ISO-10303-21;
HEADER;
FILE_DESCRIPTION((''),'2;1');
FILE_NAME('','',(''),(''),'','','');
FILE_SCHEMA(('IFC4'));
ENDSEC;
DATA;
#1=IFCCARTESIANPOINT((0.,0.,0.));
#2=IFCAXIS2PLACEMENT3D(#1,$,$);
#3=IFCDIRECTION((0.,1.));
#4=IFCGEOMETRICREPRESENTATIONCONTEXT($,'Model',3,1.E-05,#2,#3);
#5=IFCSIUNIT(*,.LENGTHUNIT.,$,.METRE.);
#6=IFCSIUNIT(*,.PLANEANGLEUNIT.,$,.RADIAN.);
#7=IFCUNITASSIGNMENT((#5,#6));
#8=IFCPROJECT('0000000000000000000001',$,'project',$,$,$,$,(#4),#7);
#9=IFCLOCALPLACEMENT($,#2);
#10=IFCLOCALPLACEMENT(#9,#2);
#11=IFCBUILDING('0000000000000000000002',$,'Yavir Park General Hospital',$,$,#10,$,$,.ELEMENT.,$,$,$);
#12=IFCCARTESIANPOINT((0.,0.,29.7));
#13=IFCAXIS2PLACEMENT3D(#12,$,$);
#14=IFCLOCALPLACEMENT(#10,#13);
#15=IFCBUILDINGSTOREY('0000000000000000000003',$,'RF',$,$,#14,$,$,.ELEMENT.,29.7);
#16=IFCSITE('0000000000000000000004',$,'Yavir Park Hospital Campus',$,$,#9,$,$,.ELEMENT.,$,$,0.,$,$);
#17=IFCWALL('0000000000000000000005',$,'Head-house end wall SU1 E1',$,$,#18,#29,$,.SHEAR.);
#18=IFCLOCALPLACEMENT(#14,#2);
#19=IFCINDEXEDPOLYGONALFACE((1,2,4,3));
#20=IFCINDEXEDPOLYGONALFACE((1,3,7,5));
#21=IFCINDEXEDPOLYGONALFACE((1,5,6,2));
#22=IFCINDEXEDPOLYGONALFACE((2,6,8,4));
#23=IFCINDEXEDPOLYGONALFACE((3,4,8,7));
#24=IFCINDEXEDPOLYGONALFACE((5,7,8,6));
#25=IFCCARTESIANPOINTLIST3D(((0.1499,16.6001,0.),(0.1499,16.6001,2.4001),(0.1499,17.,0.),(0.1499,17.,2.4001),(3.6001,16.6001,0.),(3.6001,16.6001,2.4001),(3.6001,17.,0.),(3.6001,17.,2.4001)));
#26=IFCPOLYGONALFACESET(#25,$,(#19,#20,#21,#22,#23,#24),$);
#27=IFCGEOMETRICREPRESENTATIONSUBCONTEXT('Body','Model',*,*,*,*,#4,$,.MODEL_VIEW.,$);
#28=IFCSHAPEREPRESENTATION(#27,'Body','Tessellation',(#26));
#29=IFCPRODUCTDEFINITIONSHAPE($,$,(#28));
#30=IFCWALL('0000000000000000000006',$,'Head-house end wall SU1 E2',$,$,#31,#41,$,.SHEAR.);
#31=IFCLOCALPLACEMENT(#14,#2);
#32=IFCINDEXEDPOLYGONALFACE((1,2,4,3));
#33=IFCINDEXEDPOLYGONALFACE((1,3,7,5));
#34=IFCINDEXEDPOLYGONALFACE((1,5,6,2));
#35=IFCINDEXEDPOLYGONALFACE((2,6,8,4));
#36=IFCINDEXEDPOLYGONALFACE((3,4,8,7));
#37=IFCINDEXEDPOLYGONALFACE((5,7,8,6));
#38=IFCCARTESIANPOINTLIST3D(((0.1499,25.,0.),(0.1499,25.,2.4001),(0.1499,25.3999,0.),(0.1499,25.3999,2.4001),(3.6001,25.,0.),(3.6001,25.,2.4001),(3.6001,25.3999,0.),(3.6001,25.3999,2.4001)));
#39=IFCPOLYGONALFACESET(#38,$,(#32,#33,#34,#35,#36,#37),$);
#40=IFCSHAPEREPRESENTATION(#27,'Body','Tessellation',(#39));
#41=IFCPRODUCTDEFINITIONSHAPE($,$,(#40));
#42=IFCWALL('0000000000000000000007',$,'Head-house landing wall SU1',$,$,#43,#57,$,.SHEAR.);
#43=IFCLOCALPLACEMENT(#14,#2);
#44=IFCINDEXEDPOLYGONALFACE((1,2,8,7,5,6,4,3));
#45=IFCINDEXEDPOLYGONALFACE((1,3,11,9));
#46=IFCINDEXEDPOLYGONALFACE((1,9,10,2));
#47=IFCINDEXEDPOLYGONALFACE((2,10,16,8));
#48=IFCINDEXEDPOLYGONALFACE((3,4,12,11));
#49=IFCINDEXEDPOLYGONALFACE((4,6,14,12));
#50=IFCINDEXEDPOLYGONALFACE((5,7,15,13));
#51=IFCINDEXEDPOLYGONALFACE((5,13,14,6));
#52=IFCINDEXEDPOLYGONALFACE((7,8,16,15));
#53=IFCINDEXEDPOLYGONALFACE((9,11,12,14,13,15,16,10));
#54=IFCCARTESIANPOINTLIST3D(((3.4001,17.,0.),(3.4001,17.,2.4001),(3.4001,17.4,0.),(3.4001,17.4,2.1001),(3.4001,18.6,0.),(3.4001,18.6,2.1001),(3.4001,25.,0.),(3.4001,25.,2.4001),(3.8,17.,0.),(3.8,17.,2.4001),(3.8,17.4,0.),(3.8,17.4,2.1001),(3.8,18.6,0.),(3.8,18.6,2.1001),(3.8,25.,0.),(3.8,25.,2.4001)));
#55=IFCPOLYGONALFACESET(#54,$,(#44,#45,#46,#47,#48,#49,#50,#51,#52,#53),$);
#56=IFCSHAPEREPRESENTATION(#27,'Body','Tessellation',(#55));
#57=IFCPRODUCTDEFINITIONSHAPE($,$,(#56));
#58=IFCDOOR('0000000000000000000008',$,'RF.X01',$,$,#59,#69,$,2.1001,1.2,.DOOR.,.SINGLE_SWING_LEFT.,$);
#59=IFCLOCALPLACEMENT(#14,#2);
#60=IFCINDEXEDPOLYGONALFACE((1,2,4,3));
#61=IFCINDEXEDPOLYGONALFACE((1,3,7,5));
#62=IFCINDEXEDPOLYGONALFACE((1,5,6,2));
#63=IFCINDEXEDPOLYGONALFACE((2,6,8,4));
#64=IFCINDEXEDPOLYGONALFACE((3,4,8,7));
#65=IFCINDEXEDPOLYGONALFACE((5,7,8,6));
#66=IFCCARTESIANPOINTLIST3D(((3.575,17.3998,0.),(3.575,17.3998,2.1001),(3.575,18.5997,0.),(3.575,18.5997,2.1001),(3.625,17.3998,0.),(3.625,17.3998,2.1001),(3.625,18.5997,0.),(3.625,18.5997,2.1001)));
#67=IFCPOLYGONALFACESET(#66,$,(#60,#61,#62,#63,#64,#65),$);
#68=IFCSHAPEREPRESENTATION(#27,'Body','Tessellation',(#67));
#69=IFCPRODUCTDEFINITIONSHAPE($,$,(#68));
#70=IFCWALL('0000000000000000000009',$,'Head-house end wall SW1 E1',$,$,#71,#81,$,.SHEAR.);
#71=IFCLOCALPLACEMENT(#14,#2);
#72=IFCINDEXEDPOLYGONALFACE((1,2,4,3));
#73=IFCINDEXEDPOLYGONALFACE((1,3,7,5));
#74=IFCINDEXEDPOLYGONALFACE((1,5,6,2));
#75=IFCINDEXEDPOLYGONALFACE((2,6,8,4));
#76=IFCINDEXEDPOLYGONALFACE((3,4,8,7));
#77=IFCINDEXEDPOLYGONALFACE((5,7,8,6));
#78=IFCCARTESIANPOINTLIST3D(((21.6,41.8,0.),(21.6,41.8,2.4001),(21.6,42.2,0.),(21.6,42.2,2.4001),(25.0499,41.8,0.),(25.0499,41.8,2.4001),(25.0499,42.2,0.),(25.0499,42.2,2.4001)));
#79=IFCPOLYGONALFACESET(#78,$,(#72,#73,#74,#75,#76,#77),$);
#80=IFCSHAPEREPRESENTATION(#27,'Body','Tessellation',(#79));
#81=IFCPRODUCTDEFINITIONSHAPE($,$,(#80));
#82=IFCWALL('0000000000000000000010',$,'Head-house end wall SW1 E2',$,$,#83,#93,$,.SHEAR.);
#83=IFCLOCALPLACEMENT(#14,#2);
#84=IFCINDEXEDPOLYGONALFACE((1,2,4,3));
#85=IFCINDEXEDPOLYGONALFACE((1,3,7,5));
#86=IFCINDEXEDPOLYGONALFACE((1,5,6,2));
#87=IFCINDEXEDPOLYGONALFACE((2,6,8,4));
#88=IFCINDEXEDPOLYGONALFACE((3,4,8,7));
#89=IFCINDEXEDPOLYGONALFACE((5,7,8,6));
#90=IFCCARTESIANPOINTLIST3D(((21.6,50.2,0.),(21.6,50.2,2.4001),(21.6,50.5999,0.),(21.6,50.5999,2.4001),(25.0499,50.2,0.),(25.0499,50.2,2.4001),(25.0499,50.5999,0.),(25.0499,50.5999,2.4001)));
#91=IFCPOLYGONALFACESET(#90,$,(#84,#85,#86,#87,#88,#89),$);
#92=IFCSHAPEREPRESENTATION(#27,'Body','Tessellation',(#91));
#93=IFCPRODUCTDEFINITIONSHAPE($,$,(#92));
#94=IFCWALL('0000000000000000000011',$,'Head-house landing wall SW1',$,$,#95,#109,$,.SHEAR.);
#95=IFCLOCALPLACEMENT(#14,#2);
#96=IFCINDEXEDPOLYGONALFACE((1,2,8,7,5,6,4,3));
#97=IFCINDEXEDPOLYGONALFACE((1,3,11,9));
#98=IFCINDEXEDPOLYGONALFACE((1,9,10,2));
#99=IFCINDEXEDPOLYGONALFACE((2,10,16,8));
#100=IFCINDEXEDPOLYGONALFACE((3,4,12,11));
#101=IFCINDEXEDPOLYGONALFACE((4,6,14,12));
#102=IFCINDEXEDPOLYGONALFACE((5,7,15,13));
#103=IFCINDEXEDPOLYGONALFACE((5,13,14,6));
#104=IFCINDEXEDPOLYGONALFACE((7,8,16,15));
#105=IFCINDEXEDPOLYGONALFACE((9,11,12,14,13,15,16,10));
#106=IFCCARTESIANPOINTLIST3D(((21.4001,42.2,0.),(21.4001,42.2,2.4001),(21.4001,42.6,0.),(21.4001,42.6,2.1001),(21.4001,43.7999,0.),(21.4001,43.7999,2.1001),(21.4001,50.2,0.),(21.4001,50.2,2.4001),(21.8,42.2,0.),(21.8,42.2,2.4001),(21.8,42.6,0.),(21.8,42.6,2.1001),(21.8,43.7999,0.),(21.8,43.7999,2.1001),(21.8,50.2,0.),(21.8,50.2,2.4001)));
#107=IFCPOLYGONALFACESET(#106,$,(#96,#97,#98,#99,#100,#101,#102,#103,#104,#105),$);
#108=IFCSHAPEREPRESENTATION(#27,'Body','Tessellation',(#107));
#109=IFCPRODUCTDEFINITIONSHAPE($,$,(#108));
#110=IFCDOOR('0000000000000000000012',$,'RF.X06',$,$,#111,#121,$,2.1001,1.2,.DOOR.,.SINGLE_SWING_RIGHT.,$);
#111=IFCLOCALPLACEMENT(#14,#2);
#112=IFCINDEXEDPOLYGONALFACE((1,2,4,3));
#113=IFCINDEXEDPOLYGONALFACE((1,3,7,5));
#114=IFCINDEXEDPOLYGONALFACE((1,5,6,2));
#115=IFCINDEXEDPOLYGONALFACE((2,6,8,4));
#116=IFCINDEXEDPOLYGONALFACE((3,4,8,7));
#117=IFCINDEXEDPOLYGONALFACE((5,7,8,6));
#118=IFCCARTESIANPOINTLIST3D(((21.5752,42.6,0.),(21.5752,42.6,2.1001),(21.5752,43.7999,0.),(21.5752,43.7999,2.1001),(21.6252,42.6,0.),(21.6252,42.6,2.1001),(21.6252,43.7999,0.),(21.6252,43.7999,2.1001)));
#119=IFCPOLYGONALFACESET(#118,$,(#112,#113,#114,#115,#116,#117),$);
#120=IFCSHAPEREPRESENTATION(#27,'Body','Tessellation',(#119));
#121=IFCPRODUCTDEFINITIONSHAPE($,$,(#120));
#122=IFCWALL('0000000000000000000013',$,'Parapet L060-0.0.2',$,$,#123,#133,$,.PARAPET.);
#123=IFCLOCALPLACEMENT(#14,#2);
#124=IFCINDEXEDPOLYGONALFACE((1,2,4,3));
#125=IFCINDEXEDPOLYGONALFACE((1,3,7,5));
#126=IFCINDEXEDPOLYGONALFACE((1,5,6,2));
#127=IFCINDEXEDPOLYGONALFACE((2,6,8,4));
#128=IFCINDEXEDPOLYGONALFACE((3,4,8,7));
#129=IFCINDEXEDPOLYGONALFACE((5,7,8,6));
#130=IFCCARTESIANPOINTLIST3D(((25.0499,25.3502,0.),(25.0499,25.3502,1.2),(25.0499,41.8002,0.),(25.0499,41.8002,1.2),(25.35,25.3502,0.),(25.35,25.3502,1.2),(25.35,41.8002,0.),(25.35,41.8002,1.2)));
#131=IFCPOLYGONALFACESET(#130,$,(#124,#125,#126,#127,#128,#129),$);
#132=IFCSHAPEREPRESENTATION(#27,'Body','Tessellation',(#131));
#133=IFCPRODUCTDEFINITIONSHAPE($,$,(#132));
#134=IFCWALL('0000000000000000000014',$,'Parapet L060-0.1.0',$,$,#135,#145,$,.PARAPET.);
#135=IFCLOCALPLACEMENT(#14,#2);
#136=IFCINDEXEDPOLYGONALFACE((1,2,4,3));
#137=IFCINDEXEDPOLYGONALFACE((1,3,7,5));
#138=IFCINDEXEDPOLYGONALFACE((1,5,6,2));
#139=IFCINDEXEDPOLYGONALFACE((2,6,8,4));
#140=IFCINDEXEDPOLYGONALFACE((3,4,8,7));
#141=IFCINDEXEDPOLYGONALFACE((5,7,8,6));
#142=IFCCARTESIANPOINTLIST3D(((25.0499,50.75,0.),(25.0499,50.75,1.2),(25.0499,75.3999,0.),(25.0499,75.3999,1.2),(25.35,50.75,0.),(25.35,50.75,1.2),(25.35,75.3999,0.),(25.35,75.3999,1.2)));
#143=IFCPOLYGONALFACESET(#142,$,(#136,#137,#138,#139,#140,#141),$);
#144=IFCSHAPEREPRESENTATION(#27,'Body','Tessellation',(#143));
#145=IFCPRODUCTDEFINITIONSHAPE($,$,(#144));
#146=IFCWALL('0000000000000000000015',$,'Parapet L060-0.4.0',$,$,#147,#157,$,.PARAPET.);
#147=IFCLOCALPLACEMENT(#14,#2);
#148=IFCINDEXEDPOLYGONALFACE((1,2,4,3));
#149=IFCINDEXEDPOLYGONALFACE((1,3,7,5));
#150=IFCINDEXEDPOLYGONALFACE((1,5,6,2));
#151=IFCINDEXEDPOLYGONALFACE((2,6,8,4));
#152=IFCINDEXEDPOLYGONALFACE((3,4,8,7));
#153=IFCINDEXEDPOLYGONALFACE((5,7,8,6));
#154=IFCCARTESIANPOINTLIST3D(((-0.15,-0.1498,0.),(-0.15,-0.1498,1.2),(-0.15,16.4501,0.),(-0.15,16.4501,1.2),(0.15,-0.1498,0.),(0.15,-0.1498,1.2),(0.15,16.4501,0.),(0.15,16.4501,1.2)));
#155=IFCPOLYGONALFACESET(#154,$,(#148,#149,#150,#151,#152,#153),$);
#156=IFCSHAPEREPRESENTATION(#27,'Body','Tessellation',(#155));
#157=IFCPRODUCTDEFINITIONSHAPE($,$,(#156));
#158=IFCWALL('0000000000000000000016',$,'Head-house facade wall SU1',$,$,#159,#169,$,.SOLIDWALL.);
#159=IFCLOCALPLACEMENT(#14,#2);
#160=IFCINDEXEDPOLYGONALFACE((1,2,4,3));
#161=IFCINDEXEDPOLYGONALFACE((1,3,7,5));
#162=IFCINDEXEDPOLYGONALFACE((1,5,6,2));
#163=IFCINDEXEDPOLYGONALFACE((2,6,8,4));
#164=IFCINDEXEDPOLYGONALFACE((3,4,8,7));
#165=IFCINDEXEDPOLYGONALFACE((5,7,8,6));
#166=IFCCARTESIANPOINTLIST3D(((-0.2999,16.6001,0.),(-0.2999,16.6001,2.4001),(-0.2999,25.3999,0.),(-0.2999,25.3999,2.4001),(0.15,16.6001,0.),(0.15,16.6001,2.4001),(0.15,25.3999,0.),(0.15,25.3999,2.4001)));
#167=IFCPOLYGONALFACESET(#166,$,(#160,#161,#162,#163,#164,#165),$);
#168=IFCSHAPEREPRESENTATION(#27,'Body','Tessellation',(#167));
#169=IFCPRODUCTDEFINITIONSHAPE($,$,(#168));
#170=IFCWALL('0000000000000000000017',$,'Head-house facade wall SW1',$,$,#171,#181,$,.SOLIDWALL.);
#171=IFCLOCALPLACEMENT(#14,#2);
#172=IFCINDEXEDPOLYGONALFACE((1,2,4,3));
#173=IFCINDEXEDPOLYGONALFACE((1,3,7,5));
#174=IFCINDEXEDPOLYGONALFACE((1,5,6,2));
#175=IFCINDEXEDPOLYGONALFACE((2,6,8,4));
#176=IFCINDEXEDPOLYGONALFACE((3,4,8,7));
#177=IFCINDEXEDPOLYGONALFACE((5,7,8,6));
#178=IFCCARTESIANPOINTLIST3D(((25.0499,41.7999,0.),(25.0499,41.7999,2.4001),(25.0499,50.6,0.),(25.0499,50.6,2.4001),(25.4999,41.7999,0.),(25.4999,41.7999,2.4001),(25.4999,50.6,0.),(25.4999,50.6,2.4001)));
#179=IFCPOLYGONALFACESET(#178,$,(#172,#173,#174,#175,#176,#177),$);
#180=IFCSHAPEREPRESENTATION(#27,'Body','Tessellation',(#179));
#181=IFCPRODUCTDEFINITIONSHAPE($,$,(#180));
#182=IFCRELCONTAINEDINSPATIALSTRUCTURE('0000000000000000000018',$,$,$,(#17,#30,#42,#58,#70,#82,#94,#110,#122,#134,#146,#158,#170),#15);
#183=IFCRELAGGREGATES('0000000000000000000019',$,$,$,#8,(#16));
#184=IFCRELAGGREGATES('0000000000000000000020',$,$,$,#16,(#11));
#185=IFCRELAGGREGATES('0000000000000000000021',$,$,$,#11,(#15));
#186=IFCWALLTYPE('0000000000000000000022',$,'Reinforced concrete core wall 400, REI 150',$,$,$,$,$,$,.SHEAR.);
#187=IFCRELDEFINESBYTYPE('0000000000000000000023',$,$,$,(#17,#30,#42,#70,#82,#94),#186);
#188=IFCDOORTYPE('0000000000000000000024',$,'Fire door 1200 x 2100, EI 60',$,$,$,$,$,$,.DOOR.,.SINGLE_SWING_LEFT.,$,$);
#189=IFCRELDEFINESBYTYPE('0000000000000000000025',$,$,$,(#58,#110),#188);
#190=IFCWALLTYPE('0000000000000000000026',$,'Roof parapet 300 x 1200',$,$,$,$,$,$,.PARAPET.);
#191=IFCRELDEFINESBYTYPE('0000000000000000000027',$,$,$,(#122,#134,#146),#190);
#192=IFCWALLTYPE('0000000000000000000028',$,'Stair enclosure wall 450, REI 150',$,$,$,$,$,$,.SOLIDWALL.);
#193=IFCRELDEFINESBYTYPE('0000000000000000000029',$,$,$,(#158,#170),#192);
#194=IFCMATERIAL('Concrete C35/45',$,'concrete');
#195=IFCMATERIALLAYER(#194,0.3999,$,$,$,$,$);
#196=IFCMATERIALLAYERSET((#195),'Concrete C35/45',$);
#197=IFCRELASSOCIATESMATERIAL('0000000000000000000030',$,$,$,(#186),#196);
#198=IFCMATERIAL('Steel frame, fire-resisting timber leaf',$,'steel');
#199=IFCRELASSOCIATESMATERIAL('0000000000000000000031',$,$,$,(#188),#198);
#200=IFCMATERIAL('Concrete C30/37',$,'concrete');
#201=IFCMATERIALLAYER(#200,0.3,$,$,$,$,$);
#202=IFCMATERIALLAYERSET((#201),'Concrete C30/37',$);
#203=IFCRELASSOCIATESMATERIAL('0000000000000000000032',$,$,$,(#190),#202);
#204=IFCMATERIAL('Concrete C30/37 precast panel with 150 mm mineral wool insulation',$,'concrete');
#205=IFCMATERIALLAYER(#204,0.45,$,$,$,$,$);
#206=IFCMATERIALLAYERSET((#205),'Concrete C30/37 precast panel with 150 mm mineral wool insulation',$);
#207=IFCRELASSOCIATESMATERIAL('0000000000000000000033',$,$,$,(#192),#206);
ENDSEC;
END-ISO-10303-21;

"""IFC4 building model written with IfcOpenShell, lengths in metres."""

from ifc_helpers import new_model, si_unit, direction, frame, frame_2d, origin, place, context, subcontext, project, spatial, rectangle, extrude, material, layer, layer_set, type_object, element, fill, save


model = new_model("IFC4")

# Units and contexts
model_context = context("Model", 3, precision=1e-05, world=origin(), true_north=direction((0.0, 1.0)))
body_context = subcontext(model_context, "Body", "Model", "MODEL_VIEW")
ifc_project = project(units=[si_unit("LENGTHUNIT", "METRE"), si_unit("PLANEANGLEUNIT", "RADIAN")], contexts=[model_context])

# Site, building, storey
site_placement = place(None, origin())
site = spatial("IfcSite", under=ifc_project, at=site_placement, Name="Yavir Park Hospital Campus", CompositionType="ELEMENT", RefElevation=0.0)
building_placement = place(site_placement, origin())
building = spatial("IfcBuilding", under=site, at=building_placement, Name="Yavir Park General Hospital", CompositionType="ELEMENT")
storey_placement = place(building_placement, frame((0.0, 0.0, 29.7)))
storey = spatial("IfcBuildingStorey", under=building, at=storey_placement, Name="RF", CompositionType="ELEMENT", Elevation=29.7)

# Walls
ifc_material_1 = material(Name="Concrete C35/45", Category="concrete")
ifc_layer_1 = layer(ifc_material_1, 0.3999)
ifc_layer_set_1 = layer_set([ifc_layer_1], Name="Concrete C35/45")
wall_type_1 = type_object("IfcWallType", Name="Reinforced concrete core wall 400, REI 150", PredefinedType="SHEAR", material=ifc_layer_set_1)
for number, where, z_axis, x_axis, name in (
    (1, (0.1499, 16.8, 0.0), (0.0, 0.0, 1.0), (1.0, 0.0, 0.0), "Head-house end wall SU1 E1"),
    (2, (0.1499, 25.2, 0.0), (0.0, 0.0, 1.0), (1.0, 0.0, 0.0), "Head-house end wall SU1 E2"),
):
    element("IfcWall", number, at=place(storey_placement, frame(where, z_axis=z_axis, x_axis=x_axis)), inside=storey, type_object=wall_type_1, Name=name, PredefinedType="SHEAR", context=body_context, shape_type="SweptSolid", body=[
        extrude(rectangle(XDim=3.4502, YDim=0.3999, at=frame_2d((1.7251, 0.0))), origin(), (0.0, 0.0, 1.0), 2.4001),
    ])

# Wall, opening, door
wall_1_placement = place(storey_placement, frame((3.6001, 17.0, 0.0), z_axis=(0.0, 0.0, 1.0), x_axis=(0.0, 1.0, 0.0)))
wall_1 = element("IfcWall", 3, at=wall_1_placement, inside=storey, type_object=wall_type_1, Name="Head-house landing wall SU1", PredefinedType="SHEAR", context=body_context, shape_type="SweptSolid", body=[
    extrude(rectangle(XDim=8.0, YDim=0.3999, at=frame_2d((4.0, 0.0))), origin(), (0.0, 0.0, 1.0), 2.4001),
])
opening_1_placement = place(wall_1_placement, frame((0.3999, 0.0, 0.0)))
opening_1 = element("IfcOpeningElement", 4, at=opening_1_placement, cuts=wall_1, PredefinedType="OPENING", context=body_context, shape_type="SweptSolid", body=[
    extrude(rectangle(XDim=1.2, YDim=2.1001, at=frame_2d((0.6001, 1.05))), frame((0.0, 0.21, 0.0), z_axis=(0.0, -1.0, 0.0), x_axis=(1.0, 0.0, 0.0)), (0.0, 0.0, 1.0), 0.4199),
])
ifc_material_2 = material(Name="Steel frame, fire-resisting timber leaf", Category="steel")
door_type = type_object("IfcDoorType", Name="Fire door 1200 x 2100, EI 60", OperationType="SINGLE_SWING_LEFT", PredefinedType="DOOR", material=ifc_material_2)
door_1_placement = place(opening_1_placement, frame((1.2, 0.0, 0.0), x_axis=(-1.0, 0.0, 0.0)))
door_1 = element("IfcDoor", 5, at=door_1_placement, inside=storey, type_object=door_type, Name="RF.X01", OperationType="SINGLE_SWING_LEFT", OverallHeight=2.1001, OverallWidth=1.2, PredefinedType="DOOR", context=body_context, shape_type="SweptSolid", body=[
    extrude(rectangle(XDim=1.2, YDim=2.1001, at=frame_2d((0.6001, 1.05))), frame((0.0, 0.0249, 0.0), z_axis=(0.0, -1.0, 0.0), x_axis=(1.0, 0.0, 0.0)), (0.0, 0.0, 1.0), 0.05),
])
fill(opening_1, door_1)

# Walls
for number, where, z_axis, x_axis, name in (
    (6, (25.05, 42.0, 0.0), (0.0, 0.0, 1.0), (-1.0, 0.0, 0.0), "Head-house end wall SW1 E1"),
    (7, (25.05, 50.3999, 0.0), (0.0, 0.0, 1.0), (-1.0, 0.0, 0.0), "Head-house end wall SW1 E2"),
):
    element("IfcWall", number, at=place(storey_placement, frame(where, z_axis=z_axis, x_axis=x_axis)), inside=storey, type_object=wall_type_1, Name=name, PredefinedType="SHEAR", context=body_context, shape_type="SweptSolid", body=[
        extrude(rectangle(XDim=3.45, YDim=0.3999, at=frame_2d((1.7251, 0.0))), origin(), (0.0, 0.0, 1.0), 2.4001),
    ])

# Wall, opening, door
wall_2_placement = place(storey_placement, frame((21.6001, 42.2, 0.0), z_axis=(0.0, 0.0, 1.0), x_axis=(0.0, 1.0, 0.0)))
wall_2 = element("IfcWall", 8, at=wall_2_placement, inside=storey, type_object=wall_type_1, Name="Head-house landing wall SW1", PredefinedType="SHEAR", context=body_context, shape_type="SweptSolid", body=[
    extrude(rectangle(XDim=8.0, YDim=0.3999, at=frame_2d((4.0, 0.0))), origin(), (0.0, 0.0, 1.0), 2.4001),
])
opening_2_placement = place(wall_2_placement, frame((0.3999, 0.0, 0.0)))
opening_2 = element("IfcOpeningElement", 9, at=opening_2_placement, cuts=wall_2, PredefinedType="OPENING", context=body_context, shape_type="SweptSolid", body=[
    extrude(rectangle(XDim=1.2, YDim=2.1001, at=frame_2d((0.6001, 1.05))), frame((0.0, 0.21, 0.0), z_axis=(0.0, -1.0, 0.0), x_axis=(1.0, 0.0, 0.0)), (0.0, 0.0, 1.0), 0.4199),
])
door_2_placement = place(opening_2_placement, origin())
door_2 = element("IfcDoor", 10, at=door_2_placement, inside=storey, type_object=door_type, Name="RF.X06", OperationType="SINGLE_SWING_RIGHT", OverallHeight=2.1001, OverallWidth=1.2, PredefinedType="DOOR", context=body_context, shape_type="SweptSolid", body=[
    extrude(rectangle(XDim=1.2, YDim=2.1001, at=frame_2d((0.6001, 1.05))), frame((0.0, 0.0249, 0.0), z_axis=(0.0, -1.0, 0.0), x_axis=(1.0, 0.0, 0.0)), (0.0, 0.0, 1.0), 0.05),
])
fill(opening_2, door_2)

# Walls
ifc_material_3 = material(Name="Concrete C30/37", Category="concrete")
ifc_layer_2 = layer(ifc_material_3, 0.3)
ifc_layer_set_2 = layer_set([ifc_layer_2], Name="Concrete C30/37")
wall_type_2 = type_object("IfcWallType", Name="Roof parapet 300 x 1200", PredefinedType="PARAPET", material=ifc_layer_set_2)
wall_3_placement = place(storey_placement, frame((25.2, 25.3501, 0.0), z_axis=(0.0, 0.0, 1.0), x_axis=(0.0, 1.0, 0.0)))
element("IfcWall", 11, at=wall_3_placement, inside=storey, type_object=wall_type_2, Name="Parapet L060-0.0.2", PredefinedType="PARAPET", context=body_context, shape_type="SweptSolid", body=[
    extrude(rectangle(XDim=16.45, YDim=0.3, at=frame_2d((8.2251, 0.0))), origin(), (0.0, 0.0, 1.0), 1.2),
])
wall_4_placement = place(storey_placement, frame((25.2, 50.75, 0.0), z_axis=(0.0, 0.0, 1.0), x_axis=(0.0, 1.0, 0.0)))
element("IfcWall", 12, at=wall_4_placement, inside=storey, type_object=wall_type_2, Name="Parapet L060-0.1.0", PredefinedType="PARAPET", context=body_context, shape_type="SweptSolid", body=[
    extrude(rectangle(XDim=24.6499, YDim=0.3, at=frame_2d((12.325, 0.0))), origin(), (0.0, 0.0, 1.0), 1.2),
])
wall_5_placement = place(storey_placement, frame((0.0, 16.45, 0.0), z_axis=(0.0, 0.0, 1.0), x_axis=(0.0, -1.0, 0.0)))
element("IfcWall", 13, at=wall_5_placement, inside=storey, type_object=wall_type_2, Name="Parapet L060-0.4.0", PredefinedType="PARAPET", context=body_context, shape_type="SweptSolid", body=[
    extrude(rectangle(XDim=16.5999, YDim=0.3, at=frame_2d((8.2998, 0.0))), origin(), (0.0, 0.0, 1.0), 1.2),
])
ifc_material_4 = material(Name="Concrete C30/37 precast panel with 150 mm mineral wool insulation", Category="concrete")
ifc_layer_3 = layer(ifc_material_4, 0.45)
ifc_layer_set_3 = layer_set([ifc_layer_3], Name="Concrete C30/37 precast panel with 150 mm mineral wool insulation")
wall_type_3 = type_object("IfcWallType", Name="Stair enclosure wall 450, REI 150", PredefinedType="SOLIDWALL", material=ifc_layer_set_3)
wall_6_placement = place(storey_placement, frame((-0.075, 16.6001, 0.0), z_axis=(0.0, 0.0, 1.0), x_axis=(0.0, 1.0, 0.0)))
element("IfcWall", 14, at=wall_6_placement, inside=storey, type_object=wall_type_3, Name="Head-house facade wall SU1", PredefinedType="SOLIDWALL", context=body_context, shape_type="SweptSolid", body=[
    extrude(rectangle(XDim=8.7998, YDim=0.45, at=frame_2d((4.3999, 0.0))), origin(), (0.0, 0.0, 1.0), 2.4001),
])
wall_7_placement = place(storey_placement, frame((25.2749, 41.8, 0.0), z_axis=(0.0, 0.0, 1.0), x_axis=(0.0, 1.0, 0.0)))
element("IfcWall", 15, at=wall_7_placement, inside=storey, type_object=wall_type_3, Name="Head-house facade wall SW1", PredefinedType="SOLIDWALL", context=body_context, shape_type="SweptSolid", body=[
    extrude(rectangle(XDim=8.8, YDim=0.45, at=frame_2d((4.3999, 0.0))), origin(), (0.0, 0.0, 1.0), 2.4001),
])

save(model, "model.ifc")
